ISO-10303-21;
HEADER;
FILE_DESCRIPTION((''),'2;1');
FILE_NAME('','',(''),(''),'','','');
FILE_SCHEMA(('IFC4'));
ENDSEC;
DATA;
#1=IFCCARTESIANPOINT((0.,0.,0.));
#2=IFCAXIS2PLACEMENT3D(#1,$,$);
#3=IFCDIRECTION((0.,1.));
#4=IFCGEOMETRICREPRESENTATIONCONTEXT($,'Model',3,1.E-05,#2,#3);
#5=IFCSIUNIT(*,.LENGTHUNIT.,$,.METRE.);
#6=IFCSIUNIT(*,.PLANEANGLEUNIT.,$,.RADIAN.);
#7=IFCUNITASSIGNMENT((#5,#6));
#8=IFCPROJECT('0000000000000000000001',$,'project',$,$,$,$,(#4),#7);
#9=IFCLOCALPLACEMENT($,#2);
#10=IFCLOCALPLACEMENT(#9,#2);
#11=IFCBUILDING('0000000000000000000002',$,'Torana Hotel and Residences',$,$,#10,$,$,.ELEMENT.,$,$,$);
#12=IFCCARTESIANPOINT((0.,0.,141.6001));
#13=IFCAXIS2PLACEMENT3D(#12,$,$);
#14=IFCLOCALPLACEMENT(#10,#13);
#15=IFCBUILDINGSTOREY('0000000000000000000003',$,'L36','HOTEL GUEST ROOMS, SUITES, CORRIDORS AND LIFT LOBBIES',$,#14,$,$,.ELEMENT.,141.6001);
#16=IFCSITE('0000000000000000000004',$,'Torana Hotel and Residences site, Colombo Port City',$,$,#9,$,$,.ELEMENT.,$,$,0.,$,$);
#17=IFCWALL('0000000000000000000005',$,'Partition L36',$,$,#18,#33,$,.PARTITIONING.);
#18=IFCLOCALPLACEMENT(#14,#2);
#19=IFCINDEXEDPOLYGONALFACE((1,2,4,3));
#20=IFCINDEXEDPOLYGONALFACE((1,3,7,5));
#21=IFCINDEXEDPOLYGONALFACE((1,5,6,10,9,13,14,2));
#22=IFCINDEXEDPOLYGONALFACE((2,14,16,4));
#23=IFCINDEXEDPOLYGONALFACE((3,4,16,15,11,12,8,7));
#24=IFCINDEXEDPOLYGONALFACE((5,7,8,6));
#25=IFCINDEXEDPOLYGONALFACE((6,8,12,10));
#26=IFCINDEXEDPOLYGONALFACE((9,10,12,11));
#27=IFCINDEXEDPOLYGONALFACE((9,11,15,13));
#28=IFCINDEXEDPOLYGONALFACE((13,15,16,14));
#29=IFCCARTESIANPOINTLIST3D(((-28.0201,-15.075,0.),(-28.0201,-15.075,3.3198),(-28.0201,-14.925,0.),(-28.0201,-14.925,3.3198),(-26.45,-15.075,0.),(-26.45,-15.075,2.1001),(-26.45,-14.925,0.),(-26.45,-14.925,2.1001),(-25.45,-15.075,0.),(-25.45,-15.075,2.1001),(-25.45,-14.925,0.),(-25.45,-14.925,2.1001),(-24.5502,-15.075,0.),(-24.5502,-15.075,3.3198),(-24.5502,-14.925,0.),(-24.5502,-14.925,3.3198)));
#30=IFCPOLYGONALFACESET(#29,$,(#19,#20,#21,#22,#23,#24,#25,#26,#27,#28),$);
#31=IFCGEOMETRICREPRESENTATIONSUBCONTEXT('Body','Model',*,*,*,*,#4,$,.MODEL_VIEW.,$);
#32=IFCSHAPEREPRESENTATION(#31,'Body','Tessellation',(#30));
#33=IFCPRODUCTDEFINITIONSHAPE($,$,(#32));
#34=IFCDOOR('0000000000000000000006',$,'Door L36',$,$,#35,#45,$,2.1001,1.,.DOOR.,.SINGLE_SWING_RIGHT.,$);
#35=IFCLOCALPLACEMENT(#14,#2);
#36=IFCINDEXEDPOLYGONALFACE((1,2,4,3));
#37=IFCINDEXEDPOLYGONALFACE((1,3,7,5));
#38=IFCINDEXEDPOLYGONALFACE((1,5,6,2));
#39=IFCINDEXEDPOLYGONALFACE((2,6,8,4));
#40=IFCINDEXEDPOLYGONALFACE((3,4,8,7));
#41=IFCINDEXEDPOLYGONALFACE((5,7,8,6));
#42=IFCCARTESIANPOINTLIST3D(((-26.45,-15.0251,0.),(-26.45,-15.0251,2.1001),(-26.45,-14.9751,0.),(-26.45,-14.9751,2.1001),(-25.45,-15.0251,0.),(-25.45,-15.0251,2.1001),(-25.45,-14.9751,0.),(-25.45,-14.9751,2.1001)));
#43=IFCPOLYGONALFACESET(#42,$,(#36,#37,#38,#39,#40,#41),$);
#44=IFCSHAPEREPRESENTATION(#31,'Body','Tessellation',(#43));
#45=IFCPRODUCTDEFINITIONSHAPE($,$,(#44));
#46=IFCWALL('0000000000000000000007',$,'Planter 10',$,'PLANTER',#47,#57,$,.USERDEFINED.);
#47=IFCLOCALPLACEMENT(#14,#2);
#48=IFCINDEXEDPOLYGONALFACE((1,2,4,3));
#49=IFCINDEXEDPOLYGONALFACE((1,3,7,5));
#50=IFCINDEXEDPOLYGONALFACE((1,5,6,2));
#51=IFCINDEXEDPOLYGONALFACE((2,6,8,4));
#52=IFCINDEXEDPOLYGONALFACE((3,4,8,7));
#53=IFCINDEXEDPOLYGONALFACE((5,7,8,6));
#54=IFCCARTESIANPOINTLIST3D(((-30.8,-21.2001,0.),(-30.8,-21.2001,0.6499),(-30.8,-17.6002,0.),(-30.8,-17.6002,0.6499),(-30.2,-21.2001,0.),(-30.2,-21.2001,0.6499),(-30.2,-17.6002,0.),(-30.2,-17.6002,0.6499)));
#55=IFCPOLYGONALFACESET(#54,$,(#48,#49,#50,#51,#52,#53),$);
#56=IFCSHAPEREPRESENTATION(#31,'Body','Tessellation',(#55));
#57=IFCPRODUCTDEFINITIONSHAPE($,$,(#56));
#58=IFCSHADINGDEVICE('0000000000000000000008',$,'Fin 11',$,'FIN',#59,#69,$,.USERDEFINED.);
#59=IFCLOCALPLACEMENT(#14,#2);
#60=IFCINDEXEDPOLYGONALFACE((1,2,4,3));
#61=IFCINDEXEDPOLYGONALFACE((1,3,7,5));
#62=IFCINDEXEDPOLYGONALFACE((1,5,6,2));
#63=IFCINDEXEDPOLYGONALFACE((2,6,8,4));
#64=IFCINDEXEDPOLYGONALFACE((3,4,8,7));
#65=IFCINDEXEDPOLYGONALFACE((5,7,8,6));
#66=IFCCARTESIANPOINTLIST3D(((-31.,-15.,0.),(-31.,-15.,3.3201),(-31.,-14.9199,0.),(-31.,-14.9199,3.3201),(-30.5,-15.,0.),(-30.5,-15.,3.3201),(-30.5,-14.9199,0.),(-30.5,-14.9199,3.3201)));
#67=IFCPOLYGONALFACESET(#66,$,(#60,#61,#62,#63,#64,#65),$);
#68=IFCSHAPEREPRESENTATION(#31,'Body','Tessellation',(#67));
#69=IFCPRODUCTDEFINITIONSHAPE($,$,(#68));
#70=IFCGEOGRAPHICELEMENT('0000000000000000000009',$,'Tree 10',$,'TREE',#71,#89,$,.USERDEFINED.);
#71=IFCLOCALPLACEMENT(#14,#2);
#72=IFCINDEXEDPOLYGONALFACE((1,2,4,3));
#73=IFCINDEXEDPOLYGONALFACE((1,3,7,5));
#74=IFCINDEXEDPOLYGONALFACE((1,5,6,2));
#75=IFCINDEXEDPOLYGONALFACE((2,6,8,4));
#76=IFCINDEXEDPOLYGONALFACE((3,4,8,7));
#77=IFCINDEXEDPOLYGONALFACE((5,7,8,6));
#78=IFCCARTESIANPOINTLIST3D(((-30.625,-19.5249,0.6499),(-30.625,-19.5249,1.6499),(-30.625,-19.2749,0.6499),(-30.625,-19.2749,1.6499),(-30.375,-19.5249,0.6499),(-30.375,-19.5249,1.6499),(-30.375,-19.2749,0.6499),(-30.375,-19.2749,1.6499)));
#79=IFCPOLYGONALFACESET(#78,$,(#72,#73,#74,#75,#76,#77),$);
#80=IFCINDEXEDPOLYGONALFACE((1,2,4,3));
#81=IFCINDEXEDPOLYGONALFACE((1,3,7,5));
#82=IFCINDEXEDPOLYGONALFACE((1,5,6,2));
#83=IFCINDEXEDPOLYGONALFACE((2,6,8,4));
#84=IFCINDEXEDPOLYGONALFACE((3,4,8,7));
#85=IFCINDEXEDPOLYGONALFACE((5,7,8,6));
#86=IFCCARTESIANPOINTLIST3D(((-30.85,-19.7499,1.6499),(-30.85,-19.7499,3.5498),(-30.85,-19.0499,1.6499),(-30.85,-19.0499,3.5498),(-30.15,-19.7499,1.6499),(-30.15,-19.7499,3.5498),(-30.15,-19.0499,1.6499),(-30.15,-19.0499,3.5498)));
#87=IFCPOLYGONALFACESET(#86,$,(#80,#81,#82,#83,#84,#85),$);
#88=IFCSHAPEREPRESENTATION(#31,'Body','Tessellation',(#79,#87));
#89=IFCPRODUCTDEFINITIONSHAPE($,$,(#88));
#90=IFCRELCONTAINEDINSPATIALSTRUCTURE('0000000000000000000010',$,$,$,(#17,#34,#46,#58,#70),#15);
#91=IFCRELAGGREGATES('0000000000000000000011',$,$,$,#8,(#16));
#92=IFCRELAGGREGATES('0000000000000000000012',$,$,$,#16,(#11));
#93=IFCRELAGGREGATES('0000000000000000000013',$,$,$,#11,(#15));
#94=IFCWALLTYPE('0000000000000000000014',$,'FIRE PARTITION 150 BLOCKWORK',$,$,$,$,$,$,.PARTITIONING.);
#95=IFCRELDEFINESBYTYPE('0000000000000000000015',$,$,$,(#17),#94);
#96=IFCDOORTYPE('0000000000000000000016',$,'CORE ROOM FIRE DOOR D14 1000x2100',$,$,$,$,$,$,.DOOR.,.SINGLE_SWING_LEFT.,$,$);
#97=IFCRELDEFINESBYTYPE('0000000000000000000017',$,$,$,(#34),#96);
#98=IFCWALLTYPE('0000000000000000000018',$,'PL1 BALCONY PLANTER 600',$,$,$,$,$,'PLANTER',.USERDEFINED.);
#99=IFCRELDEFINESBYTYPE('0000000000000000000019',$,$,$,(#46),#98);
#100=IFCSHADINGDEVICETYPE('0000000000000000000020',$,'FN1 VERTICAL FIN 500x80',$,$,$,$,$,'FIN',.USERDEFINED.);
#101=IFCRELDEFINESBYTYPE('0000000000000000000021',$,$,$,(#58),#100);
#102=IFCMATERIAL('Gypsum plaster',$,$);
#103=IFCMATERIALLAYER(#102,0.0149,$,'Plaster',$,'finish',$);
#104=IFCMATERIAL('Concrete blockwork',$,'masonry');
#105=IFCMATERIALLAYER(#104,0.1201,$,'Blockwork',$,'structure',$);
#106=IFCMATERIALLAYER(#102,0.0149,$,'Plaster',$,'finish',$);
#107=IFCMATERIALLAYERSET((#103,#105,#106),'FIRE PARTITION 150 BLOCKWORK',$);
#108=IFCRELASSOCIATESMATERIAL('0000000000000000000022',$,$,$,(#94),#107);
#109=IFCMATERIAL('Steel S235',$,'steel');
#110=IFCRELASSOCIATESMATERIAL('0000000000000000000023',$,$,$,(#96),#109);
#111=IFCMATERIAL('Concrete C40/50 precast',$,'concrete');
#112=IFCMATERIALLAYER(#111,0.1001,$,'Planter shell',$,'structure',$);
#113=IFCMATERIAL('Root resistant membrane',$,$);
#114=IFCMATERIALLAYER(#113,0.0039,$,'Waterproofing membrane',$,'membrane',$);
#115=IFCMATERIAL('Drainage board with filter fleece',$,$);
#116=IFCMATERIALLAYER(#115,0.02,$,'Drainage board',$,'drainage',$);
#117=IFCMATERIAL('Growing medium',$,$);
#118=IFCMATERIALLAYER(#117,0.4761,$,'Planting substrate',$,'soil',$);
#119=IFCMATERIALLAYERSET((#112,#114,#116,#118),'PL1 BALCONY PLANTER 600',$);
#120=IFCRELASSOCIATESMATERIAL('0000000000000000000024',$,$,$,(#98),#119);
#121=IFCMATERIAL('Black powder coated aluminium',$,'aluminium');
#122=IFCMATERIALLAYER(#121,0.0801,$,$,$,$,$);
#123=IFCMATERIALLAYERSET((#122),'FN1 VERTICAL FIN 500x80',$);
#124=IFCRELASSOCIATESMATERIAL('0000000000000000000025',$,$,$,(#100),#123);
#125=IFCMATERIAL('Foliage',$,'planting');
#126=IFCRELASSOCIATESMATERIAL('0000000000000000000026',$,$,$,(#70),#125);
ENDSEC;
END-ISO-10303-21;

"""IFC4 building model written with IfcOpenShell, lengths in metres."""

from ifc_helpers import new_model, si_unit, direction, frame, frame_2d, origin, origin_2d, place, context, subcontext, project, spatial, rectangle, extrude, material, layer, layer_set, type_object, element, fill, save


model = new_model("IFC4")

# Units and contexts
model_context = context("Model", 3, precision=1e-05, world=origin(), true_north=direction((0.0, 1.0)))
body_context = subcontext(model_context, "Body", "Model", "MODEL_VIEW")
ifc_project = project(units=[si_unit("LENGTHUNIT", "METRE"), si_unit("PLANEANGLEUNIT", "RADIAN")], contexts=[model_context])

# Site, building, storey
site_placement = place(None, origin())
site = spatial("IfcSite", under=ifc_project, at=site_placement, Name="Torana Hotel and Residences site, Colombo Port City", CompositionType="ELEMENT", RefElevation=0.0)
building_placement = place(site_placement, origin())
building = spatial("IfcBuilding", under=site, at=building_placement, Name="Torana Hotel and Residences", CompositionType="ELEMENT")
storey_placement = place(building_placement, frame((0.0, 0.0, 141.6001)))
storey = spatial("IfcBuildingStorey", under=building, at=storey_placement, Name="L36", Description="HOTEL GUEST ROOMS, SUITES, CORRIDORS AND LIFT LOBBIES", CompositionType="ELEMENT", Elevation=141.6001)

# Shared definitions
ifc_material_1 = material(Name="Gypsum plaster")
ifc_layer_1 = layer(ifc_material_1, 0.0149, Name="Plaster", Category="finish")
ifc_material_2 = material(Name="Concrete blockwork", Category="masonry")
ifc_layer_2 = layer(ifc_material_2, 0.1201, Name="Blockwork", Category="structure")
ifc_layer_3 = layer(ifc_material_1, 0.0149, Name="Plaster", Category="finish")
ifc_layer_set_1 = layer_set([ifc_layer_1, ifc_layer_2, ifc_layer_3], Name="FIRE PARTITION 150 BLOCKWORK")
wall_type_1 = type_object("IfcWallType", Name="FIRE PARTITION 150 BLOCKWORK", PredefinedType="PARTITIONING", material=ifc_layer_set_1)

# Wall, opening, door
wall_1_placement = place(storey_placement, frame((-28.02, -15.0, 0.0), z_axis=(0.0, 0.0, 1.0), x_axis=(1.0, 0.0, 0.0)))
wall_1 = element("IfcWall", 1, at=wall_1_placement, inside=storey, type_object=wall_type_1, Name="Partition L36", PredefinedType="PARTITIONING", context=body_context, shape_type="SweptSolid", body=[
    extrude(rectangle(XDim=3.47, YDim=0.1499, at=frame_2d((1.7349, 0.0))), origin(), (0.0, 0.0, 1.0), 3.3198),
])
opening_1_placement = place(wall_1_placement, frame((1.5701, 0.0, 0.0)))
opening_1 = element("IfcOpeningElement", 2, at=opening_1_placement, cuts=wall_1, PredefinedType="OPENING", context=body_context, shape_type="SweptSolid", body=[
    extrude(rectangle(XDim=1.0, YDim=2.1001, at=frame_2d((0.5, 1.05))), frame((0.0, 0.085, 0.0), z_axis=(0.0, -1.0, 0.0), x_axis=(1.0, 0.0, 0.0)), (0.0, 0.0, 1.0), 0.1699),
])
ifc_material_3 = material(Name="Steel S235", Category="steel")
door_type_1 = type_object("IfcDoorType", Name="CORE ROOM FIRE DOOR D14 1000x2100", OperationType="SINGLE_SWING_LEFT", PredefinedType="DOOR", material=ifc_material_3)
door_1_placement = place(opening_1_placement, origin())
door_1 = element("IfcDoor", 3, at=door_1_placement, inside=storey, type_object=door_type_1, Name="Door L36", OperationType="SINGLE_SWING_RIGHT", OverallHeight=2.1001, OverallWidth=1.0, PredefinedType="DOOR", context=body_context, shape_type="SweptSolid", body=[
    extrude(rectangle(XDim=1.0, YDim=2.1001, at=frame_2d((0.5, 1.05))), frame((0.0, 0.0249, 0.0), z_axis=(0.0, -1.0, 0.0), x_axis=(1.0, 0.0, 0.0)), (0.0, 0.0, 1.0), 0.05),
])
fill(opening_1, door_1)

# Wall
ifc_material_4 = material(Name="Concrete C40/50 precast", Category="concrete")
ifc_layer_4 = layer(ifc_material_4, 0.1001, Name="Planter shell", Category="structure")
ifc_material_5 = material(Name="Root resistant membrane")
ifc_layer_5 = layer(ifc_material_5, 0.0039, Name="Waterproofing membrane", Category="membrane")
ifc_material_6 = material(Name="Drainage board with filter fleece")
ifc_layer_6 = layer(ifc_material_6, 0.02, Name="Drainage board", Category="drainage")
ifc_material_7 = material(Name="Growing medium")
ifc_layer_7 = layer(ifc_material_7, 0.4761, Name="Planting substrate", Category="soil")
ifc_layer_set_2 = layer_set([ifc_layer_4, ifc_layer_5, ifc_layer_6, ifc_layer_7], Name="PL1 BALCONY PLANTER 600")
wall_type_2 = type_object("IfcWallType", Name="PL1 BALCONY PLANTER 600", ElementType="PLANTER", PredefinedType="USERDEFINED", material=ifc_layer_set_2)
wall_2_placement = place(storey_placement, frame((-30.5, -21.2, 0.0), z_axis=(0.0, 0.0, 1.0), x_axis=(0.0, 1.0, 0.0)))
element("IfcWall", 4, at=wall_2_placement, inside=storey, type_object=wall_type_2, Name="Planter 10", ObjectType="PLANTER", PredefinedType="USERDEFINED", context=body_context, shape_type="SweptSolid", body=[
    extrude(rectangle(XDim=3.5999, YDim=0.6001, at=frame_2d((1.7998, 0.0))), origin(), (0.0, 0.0, 1.0), 0.6499),
])

# Shading device
ifc_material_8 = material(Name="Black powder coated aluminium", Category="aluminium")
ifc_layer_8 = layer(ifc_material_8, 0.0801)
ifc_layer_set_3 = layer_set([ifc_layer_8], Name="FN1 VERTICAL FIN 500x80")
shading_device_type = type_object("IfcShadingDeviceType", Name="FN1 VERTICAL FIN 500x80", ElementType="FIN", PredefinedType="USERDEFINED", material=ifc_layer_set_3)
shading_device_placement = place(storey_placement, frame((-30.75, -14.96, 0.0), z_axis=(0.0, 0.0, 1.0), x_axis=(0.0, 1.0, 0.0)))
element("IfcShadingDevice", 5, at=shading_device_placement, inside=storey, type_object=shading_device_type, Name="Fin 11", ObjectType="FIN", PredefinedType="USERDEFINED", context=body_context, shape_type="SweptSolid", body=[
    extrude(rectangle(XDim=0.0801, YDim=0.5, at=origin_2d()), origin(), (0.0, 0.0, 1.0), 3.3201),
])

# Geographic element
ifc_material_9 = material(Name="Foliage", Category="planting")
geographic_element_placement = place(storey_placement, frame((-30.5, -19.3999, 0.6499), z_axis=(0.0, 0.0, 1.0), x_axis=(1.0, 0.0, 0.0)))
element("IfcGeographicElement", 6, at=geographic_element_placement, inside=storey, material=ifc_material_9, Name="Tree 10", ObjectType="TREE", PredefinedType="USERDEFINED", context=body_context, shape_type="SweptSolid", body=[
    extrude(rectangle(XDim=0.25, YDim=0.25, at=origin_2d()), origin(), (0.0, 0.0, 1.0), 1.0),
    extrude(rectangle(XDim=0.7, YDim=0.7, at=origin_2d()), frame((0.0, 0.0, 1.0)), (0.0, 0.0, 1.0), 1.8999),
])

save(model, "model.ifc")
